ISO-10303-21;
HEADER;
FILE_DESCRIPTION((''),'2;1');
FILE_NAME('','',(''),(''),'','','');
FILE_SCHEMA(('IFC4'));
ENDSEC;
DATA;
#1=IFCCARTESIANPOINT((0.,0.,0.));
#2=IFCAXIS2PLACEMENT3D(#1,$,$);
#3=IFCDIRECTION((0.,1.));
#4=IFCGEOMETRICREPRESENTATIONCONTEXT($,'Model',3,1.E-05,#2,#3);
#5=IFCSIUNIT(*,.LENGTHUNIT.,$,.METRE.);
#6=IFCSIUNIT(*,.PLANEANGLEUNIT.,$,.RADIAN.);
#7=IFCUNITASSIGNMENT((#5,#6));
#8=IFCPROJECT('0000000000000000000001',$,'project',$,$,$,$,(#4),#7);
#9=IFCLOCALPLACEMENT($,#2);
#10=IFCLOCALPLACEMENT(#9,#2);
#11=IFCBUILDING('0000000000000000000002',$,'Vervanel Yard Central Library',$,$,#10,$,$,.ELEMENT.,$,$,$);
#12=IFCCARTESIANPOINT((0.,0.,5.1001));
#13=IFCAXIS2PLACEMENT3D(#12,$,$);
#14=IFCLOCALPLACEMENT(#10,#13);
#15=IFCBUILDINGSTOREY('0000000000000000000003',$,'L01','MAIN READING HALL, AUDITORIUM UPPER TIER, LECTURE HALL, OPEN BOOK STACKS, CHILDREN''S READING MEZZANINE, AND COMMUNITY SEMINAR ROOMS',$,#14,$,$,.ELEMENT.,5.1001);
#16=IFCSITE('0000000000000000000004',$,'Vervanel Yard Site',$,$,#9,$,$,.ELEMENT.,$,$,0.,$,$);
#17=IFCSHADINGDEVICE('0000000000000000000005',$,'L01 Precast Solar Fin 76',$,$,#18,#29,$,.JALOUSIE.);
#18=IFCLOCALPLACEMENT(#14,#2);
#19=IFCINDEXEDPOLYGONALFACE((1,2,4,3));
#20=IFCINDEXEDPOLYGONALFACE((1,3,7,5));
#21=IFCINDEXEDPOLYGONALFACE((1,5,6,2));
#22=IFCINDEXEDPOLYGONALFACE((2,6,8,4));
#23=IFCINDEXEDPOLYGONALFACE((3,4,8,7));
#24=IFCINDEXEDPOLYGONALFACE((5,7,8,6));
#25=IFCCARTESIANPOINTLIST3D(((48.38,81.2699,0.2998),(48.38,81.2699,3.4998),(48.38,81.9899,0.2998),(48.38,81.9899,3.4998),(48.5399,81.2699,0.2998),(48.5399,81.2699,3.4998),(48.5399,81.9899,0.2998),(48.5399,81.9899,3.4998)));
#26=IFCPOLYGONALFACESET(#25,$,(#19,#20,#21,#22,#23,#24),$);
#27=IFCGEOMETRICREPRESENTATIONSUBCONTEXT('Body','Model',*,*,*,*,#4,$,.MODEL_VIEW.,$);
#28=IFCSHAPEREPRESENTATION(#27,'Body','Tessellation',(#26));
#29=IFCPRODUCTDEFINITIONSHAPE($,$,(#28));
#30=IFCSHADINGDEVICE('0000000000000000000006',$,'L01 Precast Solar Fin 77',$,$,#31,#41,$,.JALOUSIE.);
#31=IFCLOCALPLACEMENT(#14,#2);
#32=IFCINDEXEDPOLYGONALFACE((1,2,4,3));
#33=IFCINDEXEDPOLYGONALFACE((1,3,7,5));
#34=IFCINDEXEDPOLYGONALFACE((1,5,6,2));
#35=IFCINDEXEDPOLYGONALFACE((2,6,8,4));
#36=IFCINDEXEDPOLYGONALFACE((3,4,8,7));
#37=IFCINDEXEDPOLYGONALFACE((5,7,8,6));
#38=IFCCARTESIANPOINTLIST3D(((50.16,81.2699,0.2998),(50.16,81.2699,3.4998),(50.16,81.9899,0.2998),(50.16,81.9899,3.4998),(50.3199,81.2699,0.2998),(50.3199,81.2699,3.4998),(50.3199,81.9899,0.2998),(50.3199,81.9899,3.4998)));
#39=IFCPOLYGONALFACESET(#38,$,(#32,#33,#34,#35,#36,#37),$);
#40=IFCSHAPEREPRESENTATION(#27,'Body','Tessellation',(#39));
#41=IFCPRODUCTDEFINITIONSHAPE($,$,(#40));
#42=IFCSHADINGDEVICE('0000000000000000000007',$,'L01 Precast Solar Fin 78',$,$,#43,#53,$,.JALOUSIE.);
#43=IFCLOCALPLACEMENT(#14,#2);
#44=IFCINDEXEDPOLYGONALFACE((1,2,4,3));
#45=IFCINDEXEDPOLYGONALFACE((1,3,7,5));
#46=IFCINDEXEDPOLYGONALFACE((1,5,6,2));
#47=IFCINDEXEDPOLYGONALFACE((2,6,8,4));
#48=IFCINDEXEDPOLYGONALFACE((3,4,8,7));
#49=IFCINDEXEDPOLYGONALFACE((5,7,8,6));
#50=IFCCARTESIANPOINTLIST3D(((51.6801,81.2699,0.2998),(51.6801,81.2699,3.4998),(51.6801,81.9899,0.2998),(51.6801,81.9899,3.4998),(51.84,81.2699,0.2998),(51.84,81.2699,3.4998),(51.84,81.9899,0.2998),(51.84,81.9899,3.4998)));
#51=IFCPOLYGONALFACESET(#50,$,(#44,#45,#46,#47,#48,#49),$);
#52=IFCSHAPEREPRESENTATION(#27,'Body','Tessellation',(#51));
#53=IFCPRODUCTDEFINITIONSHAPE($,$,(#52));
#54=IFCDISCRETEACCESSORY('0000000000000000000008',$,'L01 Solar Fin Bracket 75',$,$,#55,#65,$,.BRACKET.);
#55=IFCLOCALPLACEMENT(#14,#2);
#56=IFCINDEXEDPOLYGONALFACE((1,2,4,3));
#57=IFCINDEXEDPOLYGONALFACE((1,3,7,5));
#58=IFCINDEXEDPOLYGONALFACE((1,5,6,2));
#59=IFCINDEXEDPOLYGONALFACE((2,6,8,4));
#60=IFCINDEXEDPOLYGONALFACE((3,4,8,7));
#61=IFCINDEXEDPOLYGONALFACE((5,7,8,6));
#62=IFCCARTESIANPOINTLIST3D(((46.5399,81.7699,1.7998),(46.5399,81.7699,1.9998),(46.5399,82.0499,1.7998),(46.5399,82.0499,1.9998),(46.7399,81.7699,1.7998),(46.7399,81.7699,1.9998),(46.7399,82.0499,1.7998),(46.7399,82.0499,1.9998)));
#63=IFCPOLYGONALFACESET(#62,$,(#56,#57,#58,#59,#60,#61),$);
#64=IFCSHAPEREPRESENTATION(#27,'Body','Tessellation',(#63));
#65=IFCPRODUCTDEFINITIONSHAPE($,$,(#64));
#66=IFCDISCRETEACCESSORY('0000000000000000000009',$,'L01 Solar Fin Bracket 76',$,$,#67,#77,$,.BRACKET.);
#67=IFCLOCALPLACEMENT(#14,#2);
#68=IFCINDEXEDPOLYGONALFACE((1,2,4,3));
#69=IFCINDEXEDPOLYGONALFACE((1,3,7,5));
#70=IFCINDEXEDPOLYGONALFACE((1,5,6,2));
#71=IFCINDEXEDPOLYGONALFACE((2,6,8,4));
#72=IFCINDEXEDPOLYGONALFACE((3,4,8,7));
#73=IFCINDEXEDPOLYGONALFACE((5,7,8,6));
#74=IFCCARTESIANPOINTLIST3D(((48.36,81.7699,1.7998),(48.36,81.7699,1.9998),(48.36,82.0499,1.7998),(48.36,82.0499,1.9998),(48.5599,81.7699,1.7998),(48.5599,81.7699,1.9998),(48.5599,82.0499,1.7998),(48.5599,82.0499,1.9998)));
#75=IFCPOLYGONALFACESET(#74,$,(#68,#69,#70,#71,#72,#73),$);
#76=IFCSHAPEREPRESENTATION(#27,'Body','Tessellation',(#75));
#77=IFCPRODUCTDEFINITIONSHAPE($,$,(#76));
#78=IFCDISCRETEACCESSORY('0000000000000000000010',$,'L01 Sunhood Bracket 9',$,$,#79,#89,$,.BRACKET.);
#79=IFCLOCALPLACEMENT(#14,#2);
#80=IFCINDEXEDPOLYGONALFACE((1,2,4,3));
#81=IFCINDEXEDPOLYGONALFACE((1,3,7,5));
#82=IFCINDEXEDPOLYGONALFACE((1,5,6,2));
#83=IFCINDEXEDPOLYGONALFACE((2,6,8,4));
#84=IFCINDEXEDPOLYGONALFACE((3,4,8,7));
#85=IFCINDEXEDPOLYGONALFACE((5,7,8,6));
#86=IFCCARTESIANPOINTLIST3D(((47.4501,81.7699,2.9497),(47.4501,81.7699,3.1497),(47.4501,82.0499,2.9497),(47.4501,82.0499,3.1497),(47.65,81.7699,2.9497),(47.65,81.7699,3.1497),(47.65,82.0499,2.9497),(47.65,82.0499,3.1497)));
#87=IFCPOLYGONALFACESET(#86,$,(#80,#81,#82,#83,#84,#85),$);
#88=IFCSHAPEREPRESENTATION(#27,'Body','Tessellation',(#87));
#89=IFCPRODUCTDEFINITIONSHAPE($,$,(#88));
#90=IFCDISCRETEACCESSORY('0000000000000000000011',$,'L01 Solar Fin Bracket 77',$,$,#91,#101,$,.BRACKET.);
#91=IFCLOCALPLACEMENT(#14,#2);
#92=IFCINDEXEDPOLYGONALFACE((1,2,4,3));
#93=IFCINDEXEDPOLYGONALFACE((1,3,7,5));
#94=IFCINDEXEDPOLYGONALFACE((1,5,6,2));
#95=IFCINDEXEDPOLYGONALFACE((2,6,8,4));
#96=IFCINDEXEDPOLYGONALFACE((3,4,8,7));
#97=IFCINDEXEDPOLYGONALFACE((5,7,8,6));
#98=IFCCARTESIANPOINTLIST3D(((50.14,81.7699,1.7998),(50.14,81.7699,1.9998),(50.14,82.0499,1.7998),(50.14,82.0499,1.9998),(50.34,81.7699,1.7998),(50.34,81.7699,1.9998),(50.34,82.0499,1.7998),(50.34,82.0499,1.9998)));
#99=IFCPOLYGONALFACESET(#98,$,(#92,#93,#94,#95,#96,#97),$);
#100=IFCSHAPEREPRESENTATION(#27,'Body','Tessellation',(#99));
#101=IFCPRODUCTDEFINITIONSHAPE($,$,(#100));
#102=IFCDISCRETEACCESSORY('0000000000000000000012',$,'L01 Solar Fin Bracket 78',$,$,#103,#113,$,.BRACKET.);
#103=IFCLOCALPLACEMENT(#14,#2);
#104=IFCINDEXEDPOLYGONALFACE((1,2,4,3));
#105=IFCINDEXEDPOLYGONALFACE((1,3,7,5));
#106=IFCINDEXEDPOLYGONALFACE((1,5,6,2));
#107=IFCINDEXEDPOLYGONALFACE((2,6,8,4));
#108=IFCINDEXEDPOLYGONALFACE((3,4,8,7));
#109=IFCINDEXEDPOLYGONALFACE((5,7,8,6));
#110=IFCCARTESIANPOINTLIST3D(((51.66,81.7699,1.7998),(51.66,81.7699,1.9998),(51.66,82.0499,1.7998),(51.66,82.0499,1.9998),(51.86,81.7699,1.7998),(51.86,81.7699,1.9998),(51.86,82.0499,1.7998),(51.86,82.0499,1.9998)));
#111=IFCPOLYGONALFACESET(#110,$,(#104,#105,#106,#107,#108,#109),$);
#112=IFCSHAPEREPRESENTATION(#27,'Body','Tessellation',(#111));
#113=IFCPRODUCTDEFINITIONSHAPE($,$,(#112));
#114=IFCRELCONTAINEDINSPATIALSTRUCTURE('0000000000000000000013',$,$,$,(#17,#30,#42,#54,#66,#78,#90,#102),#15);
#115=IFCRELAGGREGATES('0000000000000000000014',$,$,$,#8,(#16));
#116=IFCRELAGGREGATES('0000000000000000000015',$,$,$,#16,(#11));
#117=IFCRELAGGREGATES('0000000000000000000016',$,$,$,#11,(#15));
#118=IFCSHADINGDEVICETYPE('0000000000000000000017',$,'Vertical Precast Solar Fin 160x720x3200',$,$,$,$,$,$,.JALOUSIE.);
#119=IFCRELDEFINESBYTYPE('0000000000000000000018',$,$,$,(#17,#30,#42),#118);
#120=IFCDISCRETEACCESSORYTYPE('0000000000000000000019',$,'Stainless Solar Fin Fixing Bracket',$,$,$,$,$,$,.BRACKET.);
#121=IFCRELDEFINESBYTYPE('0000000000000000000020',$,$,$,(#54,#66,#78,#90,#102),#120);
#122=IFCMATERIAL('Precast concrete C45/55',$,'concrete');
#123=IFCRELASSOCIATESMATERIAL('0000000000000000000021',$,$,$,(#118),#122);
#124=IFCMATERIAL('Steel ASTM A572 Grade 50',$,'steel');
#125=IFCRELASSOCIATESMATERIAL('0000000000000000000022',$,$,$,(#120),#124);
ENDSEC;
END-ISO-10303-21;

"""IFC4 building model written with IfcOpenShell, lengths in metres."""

from ifc_helpers import new_model, si_unit, direction, frame, origin, origin_2d, place, context, subcontext, project, spatial, rectangle, extrude, material, type_object, element, save


model = new_model("IFC4")

# Units and contexts
model_context = context("Model", 3, precision=1e-05, world=origin(), true_north=direction((0.0, 1.0)))
body_context = subcontext(model_context, "Body", "Model", "MODEL_VIEW")
ifc_project = project(units=[si_unit("LENGTHUNIT", "METRE"), si_unit("PLANEANGLEUNIT", "RADIAN")], contexts=[model_context])

# Site, building, storey
site_placement = place(None, origin())
site = spatial("IfcSite", under=ifc_project, at=site_placement, Name="Vervanel Yard Site", CompositionType="ELEMENT", RefElevation=0.0)
building_placement = place(site_placement, origin())
building = spatial("IfcBuilding", under=site, at=building_placement, Name="Vervanel Yard Central Library", CompositionType="ELEMENT")
storey_placement = place(building_placement, frame((0.0, 0.0, 5.1001)))
storey = spatial("IfcBuildingStorey", under=building, at=storey_placement, Name="L01", Description="MAIN READING HALL, AUDITORIUM UPPER TIER, LECTURE HALL, OPEN BOOK STACKS, CHILDREN'S READING MEZZANINE, AND COMMUNITY SEMINAR ROOMS", CompositionType="ELEMENT", Elevation=5.1001)

# Shared definitions
ifc_material_1 = material(Name="Precast concrete C45/55", Category="concrete")

# Shading devices
shading_device_type_1 = type_object("IfcShadingDeviceType", Name="Vertical Precast Solar Fin 160x720x3200", PredefinedType="JALOUSIE", material=ifc_material_1)
for number, where, z_axis, x_axis, name in (
    (1, (48.46, 81.6299, 0.2998), (0.0, 0.0, 1.0), (1.0, 0.0, 0.0), "L01 Precast Solar Fin 76"),
    (2, (50.24, 81.6299, 0.2998), (0.0, 0.0, 1.0), (1.0, 0.0, 0.0), "L01 Precast Solar Fin 77"),
    (3, (51.76, 81.6299, 0.2998), (0.0, 0.0, 1.0), (1.0, 0.0, 0.0), "L01 Precast Solar Fin 78"),
):
    element("IfcShadingDevice", number, at=place(storey_placement, frame(where, z_axis=z_axis, x_axis=x_axis)), inside=storey, type_object=shading_device_type_1, Name=name, PredefinedType="JALOUSIE", context=body_context, shape_type="SweptSolid", body=[
        extrude(rectangle(XDim=0.1599, YDim=0.72, at=origin_2d()), origin(), (0.0, 0.0, 1.0), 3.2),
    ])

# Discrete accessories
ifc_material_2 = material(Name="Steel ASTM A572 Grade 50", Category="steel")
discrete_accessory_type = type_object("IfcDiscreteAccessoryType", Name="Stainless Solar Fin Fixing Bracket", PredefinedType="BRACKET", material=ifc_material_2)
for number, where, z_axis, x_axis, name in (
    (4, (46.6399, 81.9099, 1.7998), (0.0, 0.0, 1.0), (1.0, 0.0, 0.0), "L01 Solar Fin Bracket 75"),
    (5, (48.46, 81.9099, 1.7998), (0.0, 0.0, 1.0), (1.0, 0.0, 0.0), "L01 Solar Fin Bracket 76"),
    (6, (47.55, 81.9099, 2.9497), (0.0, 0.0, 1.0), (1.0, 0.0, 0.0), "L01 Sunhood Bracket 9"),
    (7, (50.24, 81.9099, 1.7998), (0.0, 0.0, 1.0), (1.0, 0.0, 0.0), "L01 Solar Fin Bracket 77"),
    (8, (51.76, 81.9099, 1.7998), (0.0, 0.0, 1.0), (1.0, 0.0, 0.0), "L01 Solar Fin Bracket 78"),
):
    element("IfcDiscreteAccessory", number, at=place(storey_placement, frame(where, z_axis=z_axis, x_axis=x_axis)), inside=storey, type_object=discrete_accessory_type, Name=name, PredefinedType="BRACKET", context=body_context, shape_type="SweptSolid", body=[
        extrude(rectangle(XDim=0.2, YDim=0.28, at=origin_2d()), origin(), (0.0, 0.0, 1.0), 0.2),
    ])

save(model, "model.ifc")
